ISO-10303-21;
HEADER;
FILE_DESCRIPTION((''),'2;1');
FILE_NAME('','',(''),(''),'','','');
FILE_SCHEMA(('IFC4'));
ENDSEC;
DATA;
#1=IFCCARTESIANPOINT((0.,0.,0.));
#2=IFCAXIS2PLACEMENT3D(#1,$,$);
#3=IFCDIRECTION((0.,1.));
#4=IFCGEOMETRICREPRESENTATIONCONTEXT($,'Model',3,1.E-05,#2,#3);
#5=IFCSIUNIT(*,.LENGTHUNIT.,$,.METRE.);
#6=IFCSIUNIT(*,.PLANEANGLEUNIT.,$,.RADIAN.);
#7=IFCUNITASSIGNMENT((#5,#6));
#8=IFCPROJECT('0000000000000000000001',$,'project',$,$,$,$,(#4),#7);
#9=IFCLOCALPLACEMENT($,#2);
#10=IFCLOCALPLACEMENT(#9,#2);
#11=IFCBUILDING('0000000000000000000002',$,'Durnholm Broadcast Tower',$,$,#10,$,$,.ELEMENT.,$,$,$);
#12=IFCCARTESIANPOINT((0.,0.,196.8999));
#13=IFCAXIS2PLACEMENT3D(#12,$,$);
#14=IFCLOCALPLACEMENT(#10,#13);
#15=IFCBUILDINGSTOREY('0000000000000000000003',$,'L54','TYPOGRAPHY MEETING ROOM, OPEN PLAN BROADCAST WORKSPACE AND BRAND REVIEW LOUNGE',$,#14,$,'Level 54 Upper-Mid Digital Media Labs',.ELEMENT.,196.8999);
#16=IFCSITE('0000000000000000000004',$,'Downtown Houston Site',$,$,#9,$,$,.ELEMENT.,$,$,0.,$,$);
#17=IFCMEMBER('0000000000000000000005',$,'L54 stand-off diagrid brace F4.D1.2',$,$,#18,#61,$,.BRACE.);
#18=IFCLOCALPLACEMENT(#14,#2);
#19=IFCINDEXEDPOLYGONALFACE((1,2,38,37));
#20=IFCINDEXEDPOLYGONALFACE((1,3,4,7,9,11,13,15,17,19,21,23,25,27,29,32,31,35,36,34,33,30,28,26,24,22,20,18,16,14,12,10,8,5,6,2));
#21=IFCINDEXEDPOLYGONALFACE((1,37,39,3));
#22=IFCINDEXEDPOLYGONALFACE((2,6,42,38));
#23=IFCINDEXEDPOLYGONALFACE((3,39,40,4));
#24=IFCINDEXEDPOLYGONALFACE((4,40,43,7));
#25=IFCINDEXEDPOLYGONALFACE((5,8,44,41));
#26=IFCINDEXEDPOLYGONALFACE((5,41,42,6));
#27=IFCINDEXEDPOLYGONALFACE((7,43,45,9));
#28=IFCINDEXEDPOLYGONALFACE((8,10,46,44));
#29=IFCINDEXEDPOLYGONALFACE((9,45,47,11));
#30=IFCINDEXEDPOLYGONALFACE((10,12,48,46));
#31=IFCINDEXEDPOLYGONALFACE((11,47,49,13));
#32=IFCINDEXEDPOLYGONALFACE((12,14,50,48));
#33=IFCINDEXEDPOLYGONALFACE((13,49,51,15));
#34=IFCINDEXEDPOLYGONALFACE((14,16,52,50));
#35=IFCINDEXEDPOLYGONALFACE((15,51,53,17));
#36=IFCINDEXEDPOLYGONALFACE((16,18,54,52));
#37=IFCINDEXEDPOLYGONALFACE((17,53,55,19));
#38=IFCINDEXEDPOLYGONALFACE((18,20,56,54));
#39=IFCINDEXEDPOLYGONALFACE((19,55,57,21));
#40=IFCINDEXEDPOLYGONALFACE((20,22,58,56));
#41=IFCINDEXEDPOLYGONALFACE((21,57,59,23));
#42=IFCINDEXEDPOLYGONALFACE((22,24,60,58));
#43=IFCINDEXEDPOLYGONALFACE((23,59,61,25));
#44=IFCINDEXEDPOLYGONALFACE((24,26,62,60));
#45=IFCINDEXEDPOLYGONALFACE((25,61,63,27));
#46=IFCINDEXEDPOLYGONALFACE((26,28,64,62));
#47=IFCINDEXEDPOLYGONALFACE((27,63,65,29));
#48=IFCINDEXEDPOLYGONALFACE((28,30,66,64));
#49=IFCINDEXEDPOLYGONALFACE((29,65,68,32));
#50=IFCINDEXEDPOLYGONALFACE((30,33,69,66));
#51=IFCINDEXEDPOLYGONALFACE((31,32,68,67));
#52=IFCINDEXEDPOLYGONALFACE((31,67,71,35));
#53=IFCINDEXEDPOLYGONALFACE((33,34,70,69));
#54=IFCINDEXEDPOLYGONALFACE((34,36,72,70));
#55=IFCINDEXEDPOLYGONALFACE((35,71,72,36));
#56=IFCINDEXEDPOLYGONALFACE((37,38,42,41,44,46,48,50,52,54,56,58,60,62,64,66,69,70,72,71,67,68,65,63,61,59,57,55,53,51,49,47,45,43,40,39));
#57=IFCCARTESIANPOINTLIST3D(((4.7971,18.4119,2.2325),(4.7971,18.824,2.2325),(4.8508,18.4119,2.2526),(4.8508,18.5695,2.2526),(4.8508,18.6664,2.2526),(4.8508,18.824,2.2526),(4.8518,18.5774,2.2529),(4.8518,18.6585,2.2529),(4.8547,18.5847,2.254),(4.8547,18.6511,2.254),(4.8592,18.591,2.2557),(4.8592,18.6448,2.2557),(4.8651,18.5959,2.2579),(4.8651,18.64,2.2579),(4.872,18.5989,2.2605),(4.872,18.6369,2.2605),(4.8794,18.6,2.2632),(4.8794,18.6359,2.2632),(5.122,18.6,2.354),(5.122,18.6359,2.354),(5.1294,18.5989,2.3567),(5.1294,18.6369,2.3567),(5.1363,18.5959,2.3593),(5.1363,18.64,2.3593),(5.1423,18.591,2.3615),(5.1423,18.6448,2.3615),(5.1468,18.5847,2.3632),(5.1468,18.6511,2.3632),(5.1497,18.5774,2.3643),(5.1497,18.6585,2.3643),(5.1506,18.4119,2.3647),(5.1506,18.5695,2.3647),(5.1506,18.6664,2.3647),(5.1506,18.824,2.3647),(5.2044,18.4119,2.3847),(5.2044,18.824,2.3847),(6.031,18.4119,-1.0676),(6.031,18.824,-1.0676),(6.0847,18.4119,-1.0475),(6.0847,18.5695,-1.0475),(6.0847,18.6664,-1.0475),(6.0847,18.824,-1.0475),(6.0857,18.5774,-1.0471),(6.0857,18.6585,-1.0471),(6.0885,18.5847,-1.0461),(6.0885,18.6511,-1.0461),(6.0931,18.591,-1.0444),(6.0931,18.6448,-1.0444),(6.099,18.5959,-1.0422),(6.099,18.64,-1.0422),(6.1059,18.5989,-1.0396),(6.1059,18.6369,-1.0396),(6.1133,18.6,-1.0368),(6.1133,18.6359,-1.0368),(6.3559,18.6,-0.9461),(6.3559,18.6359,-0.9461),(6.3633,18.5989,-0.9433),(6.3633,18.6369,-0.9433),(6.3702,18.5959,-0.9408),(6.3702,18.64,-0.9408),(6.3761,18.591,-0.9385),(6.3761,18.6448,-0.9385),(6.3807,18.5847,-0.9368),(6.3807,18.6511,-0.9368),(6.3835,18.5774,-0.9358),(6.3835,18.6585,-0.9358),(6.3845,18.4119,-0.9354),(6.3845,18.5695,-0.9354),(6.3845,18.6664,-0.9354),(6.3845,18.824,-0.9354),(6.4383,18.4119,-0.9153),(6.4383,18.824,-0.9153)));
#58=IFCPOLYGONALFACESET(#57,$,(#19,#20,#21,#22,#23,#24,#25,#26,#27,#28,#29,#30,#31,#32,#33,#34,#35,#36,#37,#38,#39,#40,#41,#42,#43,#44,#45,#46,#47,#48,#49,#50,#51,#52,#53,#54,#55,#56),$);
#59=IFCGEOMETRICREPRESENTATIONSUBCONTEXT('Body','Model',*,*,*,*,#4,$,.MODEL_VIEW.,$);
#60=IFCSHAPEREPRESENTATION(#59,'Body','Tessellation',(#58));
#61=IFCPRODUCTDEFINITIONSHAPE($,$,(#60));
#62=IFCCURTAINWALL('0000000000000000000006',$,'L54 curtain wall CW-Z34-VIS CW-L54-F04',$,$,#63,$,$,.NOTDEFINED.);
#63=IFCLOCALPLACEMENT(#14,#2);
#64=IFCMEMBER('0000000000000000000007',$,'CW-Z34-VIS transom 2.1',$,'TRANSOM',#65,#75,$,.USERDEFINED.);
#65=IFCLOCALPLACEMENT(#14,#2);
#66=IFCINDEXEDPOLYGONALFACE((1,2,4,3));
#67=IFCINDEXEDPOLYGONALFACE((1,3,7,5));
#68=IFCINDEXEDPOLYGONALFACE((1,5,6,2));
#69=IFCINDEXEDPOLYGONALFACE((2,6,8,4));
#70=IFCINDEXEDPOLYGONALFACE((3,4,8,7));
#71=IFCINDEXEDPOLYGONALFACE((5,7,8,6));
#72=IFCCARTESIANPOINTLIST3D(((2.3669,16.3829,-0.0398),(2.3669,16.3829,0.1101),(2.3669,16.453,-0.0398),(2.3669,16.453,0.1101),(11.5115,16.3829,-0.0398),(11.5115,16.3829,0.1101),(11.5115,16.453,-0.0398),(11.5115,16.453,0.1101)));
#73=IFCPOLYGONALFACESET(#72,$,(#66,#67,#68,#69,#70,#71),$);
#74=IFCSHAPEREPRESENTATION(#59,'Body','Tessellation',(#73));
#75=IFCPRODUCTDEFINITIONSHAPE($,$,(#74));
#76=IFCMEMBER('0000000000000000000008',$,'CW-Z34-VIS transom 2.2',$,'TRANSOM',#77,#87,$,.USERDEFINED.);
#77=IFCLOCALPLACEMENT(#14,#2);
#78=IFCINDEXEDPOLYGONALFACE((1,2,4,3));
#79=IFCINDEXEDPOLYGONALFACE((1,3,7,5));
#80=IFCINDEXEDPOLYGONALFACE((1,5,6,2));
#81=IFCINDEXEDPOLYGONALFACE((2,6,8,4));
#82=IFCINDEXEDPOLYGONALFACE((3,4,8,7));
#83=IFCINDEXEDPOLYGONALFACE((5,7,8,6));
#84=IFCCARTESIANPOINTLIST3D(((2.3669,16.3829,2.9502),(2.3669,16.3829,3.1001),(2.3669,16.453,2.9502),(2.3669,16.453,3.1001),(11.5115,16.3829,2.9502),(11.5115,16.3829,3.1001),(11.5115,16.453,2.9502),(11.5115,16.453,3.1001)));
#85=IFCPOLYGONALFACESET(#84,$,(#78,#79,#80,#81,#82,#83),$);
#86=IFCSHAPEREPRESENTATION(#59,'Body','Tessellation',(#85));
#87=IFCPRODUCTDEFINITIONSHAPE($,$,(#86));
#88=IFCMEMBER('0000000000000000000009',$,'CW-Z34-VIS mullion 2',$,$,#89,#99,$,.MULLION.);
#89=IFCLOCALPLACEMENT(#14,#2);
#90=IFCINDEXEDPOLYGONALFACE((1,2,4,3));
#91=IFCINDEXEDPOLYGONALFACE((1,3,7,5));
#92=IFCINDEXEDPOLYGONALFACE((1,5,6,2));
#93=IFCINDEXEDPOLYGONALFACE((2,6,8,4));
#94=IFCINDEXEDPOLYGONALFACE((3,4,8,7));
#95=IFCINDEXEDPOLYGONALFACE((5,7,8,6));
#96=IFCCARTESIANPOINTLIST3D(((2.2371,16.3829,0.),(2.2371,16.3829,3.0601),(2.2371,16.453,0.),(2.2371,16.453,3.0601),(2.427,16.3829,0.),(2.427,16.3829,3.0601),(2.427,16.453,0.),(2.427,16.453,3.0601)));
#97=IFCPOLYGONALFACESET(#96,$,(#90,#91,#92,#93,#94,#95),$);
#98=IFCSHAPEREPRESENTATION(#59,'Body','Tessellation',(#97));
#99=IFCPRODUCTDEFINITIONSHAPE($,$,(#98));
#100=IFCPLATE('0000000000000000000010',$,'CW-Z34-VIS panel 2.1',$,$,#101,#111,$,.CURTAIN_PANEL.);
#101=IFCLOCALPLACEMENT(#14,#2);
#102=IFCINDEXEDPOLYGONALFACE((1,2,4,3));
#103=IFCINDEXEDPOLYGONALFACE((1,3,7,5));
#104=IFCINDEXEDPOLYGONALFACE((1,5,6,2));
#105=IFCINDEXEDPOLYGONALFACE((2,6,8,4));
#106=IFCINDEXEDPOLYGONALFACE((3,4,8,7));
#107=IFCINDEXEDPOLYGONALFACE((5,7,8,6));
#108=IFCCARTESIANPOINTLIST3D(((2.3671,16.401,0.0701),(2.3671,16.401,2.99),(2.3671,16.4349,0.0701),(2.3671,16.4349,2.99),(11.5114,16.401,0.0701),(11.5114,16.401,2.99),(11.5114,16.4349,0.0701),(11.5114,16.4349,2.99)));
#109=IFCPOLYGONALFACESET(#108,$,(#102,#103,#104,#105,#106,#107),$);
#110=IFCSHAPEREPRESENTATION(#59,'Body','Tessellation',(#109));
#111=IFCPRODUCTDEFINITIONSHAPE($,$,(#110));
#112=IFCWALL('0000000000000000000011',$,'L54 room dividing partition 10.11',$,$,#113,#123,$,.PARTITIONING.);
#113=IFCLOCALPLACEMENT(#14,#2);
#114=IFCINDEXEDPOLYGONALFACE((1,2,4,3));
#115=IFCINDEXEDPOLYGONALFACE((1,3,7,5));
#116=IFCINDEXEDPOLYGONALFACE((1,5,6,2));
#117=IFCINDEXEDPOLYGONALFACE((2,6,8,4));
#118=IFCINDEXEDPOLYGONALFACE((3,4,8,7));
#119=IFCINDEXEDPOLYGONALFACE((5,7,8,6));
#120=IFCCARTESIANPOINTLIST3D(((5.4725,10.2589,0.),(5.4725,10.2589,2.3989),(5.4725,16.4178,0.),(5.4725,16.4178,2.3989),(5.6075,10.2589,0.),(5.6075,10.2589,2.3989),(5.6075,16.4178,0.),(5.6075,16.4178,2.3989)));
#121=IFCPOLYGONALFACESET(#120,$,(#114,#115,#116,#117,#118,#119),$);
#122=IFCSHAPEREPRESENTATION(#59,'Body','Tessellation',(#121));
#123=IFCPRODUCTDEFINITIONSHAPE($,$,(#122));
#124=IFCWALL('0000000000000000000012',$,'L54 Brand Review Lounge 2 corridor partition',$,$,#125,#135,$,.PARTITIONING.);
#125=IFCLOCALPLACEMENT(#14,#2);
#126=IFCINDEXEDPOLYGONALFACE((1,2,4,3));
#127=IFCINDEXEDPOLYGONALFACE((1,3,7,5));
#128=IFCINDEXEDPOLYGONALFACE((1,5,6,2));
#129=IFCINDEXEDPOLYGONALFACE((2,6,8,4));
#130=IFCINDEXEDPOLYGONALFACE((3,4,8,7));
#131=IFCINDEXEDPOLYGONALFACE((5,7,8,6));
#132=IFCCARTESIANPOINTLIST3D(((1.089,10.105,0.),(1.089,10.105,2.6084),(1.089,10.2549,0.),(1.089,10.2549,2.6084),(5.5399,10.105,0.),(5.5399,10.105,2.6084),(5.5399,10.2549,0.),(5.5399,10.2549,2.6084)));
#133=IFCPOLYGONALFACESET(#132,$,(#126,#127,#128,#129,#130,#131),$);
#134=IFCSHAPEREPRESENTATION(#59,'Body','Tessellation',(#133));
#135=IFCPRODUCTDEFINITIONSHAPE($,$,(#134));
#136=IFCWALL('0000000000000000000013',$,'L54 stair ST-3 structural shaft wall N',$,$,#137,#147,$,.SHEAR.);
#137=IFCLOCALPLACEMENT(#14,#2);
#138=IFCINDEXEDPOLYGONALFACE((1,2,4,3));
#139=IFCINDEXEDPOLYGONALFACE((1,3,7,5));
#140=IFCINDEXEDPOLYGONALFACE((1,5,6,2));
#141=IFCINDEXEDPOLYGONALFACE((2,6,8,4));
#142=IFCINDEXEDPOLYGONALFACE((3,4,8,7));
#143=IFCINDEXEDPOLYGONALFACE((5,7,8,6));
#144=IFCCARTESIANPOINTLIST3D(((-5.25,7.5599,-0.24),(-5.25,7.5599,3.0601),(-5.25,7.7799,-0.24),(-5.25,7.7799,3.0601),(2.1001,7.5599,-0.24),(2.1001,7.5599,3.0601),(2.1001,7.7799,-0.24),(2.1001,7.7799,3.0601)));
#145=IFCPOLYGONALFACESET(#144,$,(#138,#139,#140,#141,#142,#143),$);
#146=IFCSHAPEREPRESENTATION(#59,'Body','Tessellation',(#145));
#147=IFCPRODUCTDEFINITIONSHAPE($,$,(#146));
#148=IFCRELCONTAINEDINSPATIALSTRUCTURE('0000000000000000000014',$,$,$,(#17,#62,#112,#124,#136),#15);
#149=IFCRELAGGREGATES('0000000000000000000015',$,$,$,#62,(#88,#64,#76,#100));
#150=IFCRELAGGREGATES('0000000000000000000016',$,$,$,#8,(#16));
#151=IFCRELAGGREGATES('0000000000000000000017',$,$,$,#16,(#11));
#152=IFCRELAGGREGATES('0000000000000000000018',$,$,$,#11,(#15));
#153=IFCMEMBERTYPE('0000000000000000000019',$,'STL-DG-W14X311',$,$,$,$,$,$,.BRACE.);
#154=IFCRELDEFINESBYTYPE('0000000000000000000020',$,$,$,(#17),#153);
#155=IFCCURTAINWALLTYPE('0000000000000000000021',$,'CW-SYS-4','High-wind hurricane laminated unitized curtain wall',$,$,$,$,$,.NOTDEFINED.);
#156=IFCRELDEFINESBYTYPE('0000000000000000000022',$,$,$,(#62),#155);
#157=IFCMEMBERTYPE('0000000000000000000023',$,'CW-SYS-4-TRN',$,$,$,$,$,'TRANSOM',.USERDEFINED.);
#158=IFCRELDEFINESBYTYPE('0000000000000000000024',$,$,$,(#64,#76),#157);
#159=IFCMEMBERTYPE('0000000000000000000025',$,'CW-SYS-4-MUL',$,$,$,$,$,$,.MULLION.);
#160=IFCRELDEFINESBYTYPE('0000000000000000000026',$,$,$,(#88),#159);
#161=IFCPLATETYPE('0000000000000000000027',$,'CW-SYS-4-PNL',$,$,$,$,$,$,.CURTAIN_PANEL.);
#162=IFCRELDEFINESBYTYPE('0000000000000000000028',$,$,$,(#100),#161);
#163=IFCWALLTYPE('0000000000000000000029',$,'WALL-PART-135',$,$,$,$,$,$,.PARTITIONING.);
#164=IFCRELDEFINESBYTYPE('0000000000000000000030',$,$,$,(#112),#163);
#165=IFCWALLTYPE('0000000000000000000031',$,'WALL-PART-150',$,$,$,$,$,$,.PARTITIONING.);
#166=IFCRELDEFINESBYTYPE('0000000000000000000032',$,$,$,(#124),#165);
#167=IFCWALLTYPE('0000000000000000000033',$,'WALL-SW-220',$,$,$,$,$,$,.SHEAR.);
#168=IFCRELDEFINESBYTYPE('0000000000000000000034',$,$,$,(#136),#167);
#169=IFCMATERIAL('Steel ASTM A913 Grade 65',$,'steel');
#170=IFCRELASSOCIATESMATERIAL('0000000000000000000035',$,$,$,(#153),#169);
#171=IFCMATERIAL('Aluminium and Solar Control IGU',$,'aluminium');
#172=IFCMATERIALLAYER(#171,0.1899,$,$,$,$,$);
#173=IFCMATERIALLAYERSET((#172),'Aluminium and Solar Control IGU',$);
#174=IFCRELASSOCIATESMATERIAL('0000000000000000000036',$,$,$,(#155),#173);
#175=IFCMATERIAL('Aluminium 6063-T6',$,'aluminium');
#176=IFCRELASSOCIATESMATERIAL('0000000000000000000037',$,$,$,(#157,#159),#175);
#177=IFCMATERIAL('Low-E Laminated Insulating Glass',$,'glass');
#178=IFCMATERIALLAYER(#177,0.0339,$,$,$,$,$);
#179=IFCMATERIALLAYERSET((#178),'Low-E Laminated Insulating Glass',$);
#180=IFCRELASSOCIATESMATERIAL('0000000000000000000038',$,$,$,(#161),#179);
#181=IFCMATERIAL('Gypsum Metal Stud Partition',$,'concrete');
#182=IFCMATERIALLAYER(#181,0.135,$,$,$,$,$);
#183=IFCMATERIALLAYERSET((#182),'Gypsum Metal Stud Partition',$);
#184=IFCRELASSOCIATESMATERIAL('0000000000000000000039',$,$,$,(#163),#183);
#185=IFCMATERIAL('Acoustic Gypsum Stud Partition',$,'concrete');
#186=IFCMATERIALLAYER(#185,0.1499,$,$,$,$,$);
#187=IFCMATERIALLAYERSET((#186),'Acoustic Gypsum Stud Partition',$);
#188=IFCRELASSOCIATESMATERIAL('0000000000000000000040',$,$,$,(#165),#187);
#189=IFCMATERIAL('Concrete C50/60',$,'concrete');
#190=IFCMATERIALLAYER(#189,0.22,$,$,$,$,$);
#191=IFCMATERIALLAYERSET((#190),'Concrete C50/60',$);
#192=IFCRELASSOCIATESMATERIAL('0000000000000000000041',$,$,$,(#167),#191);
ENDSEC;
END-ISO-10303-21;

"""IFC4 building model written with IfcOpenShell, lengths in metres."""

from ifc_helpers import new_model, si_unit, direction, frame, frame_2d, origin, origin_2d, place, context, subcontext, project, spatial, rectangle, i_section, extrude, source, transform, mapped, material, layer, layer_set, material_profile, profile_set, type_object, type_shapes, element, aggregate, save


model = new_model("IFC4")

# Units and contexts
model_context = context("Model", 3, precision=1e-05, world=origin(), true_north=direction((0.0, 1.0)))
body_context = subcontext(model_context, "Body", "Model", "MODEL_VIEW")
ifc_project = project(units=[si_unit("LENGTHUNIT", "METRE"), si_unit("PLANEANGLEUNIT", "RADIAN")], contexts=[model_context])

# Site, building, storey
site_placement = place(None, origin())
site = spatial("IfcSite", under=ifc_project, at=site_placement, Name="Downtown Houston Site", CompositionType="ELEMENT", RefElevation=0.0)
building_placement = place(site_placement, origin())
building = spatial("IfcBuilding", under=site, at=building_placement, Name="Durnholm Broadcast Tower", CompositionType="ELEMENT")
storey_placement = place(building_placement, frame((0.0, 0.0, 196.8999)))
storey = spatial("IfcBuildingStorey", under=building, at=storey_placement, Name="L54", Description="TYPOGRAPHY MEETING ROOM, OPEN PLAN BROADCAST WORKSPACE AND BRAND REVIEW LOUNGE", LongName="Level 54 Upper-Mid Digital Media Labs", CompositionType="ELEMENT", Elevation=196.8999)

# Member
ifc_material_1 = material(Name="Steel ASTM A913 Grade 65", Category="steel")
ifc_material_profile_1 = material_profile(ifc_material_1, i_section(OverallWidth=0.4121, OverallDepth=0.4348, WebThickness=0.0359, FlangeThickness=0.0574, FilletRadius=0.0305, at=origin_2d()), Name="W14X311")
ifc_profile_set_1 = profile_set([ifc_material_profile_1], Name="Steel ASTM A913 Grade 65")
member_type_1 = type_object("IfcMemberType", Name="STL-DG-W14X311", PredefinedType="BRACE", material=ifc_profile_set_1)
shared_shape_1 = source(origin(), body_context, "Body", "SweptSolid", [
    extrude(i_section(OverallWidth=0.4121, OverallDepth=0.4348, WebThickness=0.0359, FlangeThickness=0.0574, FilletRadius=0.0305, at=origin_2d()), origin(), (0.0, 0.0, 1.0), 3.5232),
])
type_shapes(member_type_1, [shared_shape_1])
for number, where, z_axis, x_axis, name in (
    (1, (6.2346, 18.6179, -0.9915), (-0.35022, 0.0, 0.936668), (0.0, -1.0, 0.0), "L54 stand-off diagrid brace F4.D1.2"),
):
    element("IfcMember", number, at=place(storey_placement, frame(where, z_axis=z_axis, x_axis=x_axis)), inside=storey, type_object=member_type_1, Name=name, PredefinedType="BRACE", context=body_context, shape_type="MappedRepresentation", body=[
        mapped(shared_shape_1, transform((0.0, 0.0, 0.0), x_axis=(1.0, 0.0, 0.0), y_axis=(0.0, 1.0, 0.0), z_axis=(0.0, 0.0, 1.0), scale=1.0)),
    ])

# Curtain wall, members, plate
ifc_material_2 = material(Name="Aluminium and Solar Control IGU", Category="aluminium")
ifc_layer_1 = layer(ifc_material_2, 0.1899)
ifc_layer_set_1 = layer_set([ifc_layer_1], Name="Aluminium and Solar Control IGU")
curtain_wall_type = type_object("IfcCurtainWallType", Name="CW-SYS-4", Description="High-wind hurricane laminated unitized curtain wall", PredefinedType="NOTDEFINED", material=ifc_layer_set_1)
curtain_wall_placement = place(storey_placement, origin())
curtain_wall = element("IfcCurtainWall", 2, at=curtain_wall_placement, inside=storey, type_object=curtain_wall_type, Name="L54 curtain wall CW-Z34-VIS CW-L54-F04", PredefinedType="NOTDEFINED")
ifc_material_3 = material(Name="Aluminium 6063-T6", Category="aluminium")
ifc_material_profile_2 = material_profile(ifc_material_3, rectangle(XDim=0.0701, YDim=0.1499, at=origin_2d()), Name="CWT70X150")
ifc_profile_set_2 = profile_set([ifc_material_profile_2], Name="Aluminium 6063-T6")
member_type_2 = type_object("IfcMemberType", Name="CW-SYS-4-TRN", ElementType="TRANSOM", PredefinedType="USERDEFINED", material=ifc_profile_set_2)
shared_shape_2 = source(origin(), body_context, "Body", "SweptSolid", [
    extrude(rectangle(XDim=0.0701, YDim=0.1499, at=origin_2d()), origin(), (0.0, 0.0, 1.0), 9.1445),
])
type_shapes(member_type_2, [shared_shape_2])
member_1_placement = place(storey_placement, frame((2.3669, 16.418, 0.0352), z_axis=(1.0, 0.0, 0.0), x_axis=(0.0, 1.0, 0.0)))
member_1 = element("IfcMember", 3, at=member_1_placement, type_object=member_type_2, Name="CW-Z34-VIS transom 2.1", ObjectType="TRANSOM", PredefinedType="USERDEFINED", context=body_context, shape_type="MappedRepresentation", body=[
    mapped(shared_shape_2, transform((0.0, 0.0, 0.0), x_axis=(1.0, 0.0, 0.0), y_axis=(0.0, 1.0, 0.0), z_axis=(0.0, 0.0, 1.0), scale=1.0)),
])
member_2_placement = place(storey_placement, frame((2.3669, 16.418, 3.0251), z_axis=(1.0, 0.0, 0.0), x_axis=(0.0, 1.0, 0.0)))
member_2 = element("IfcMember", 4, at=member_2_placement, type_object=member_type_2, Name="CW-Z34-VIS transom 2.2", ObjectType="TRANSOM", PredefinedType="USERDEFINED", context=body_context, shape_type="MappedRepresentation", body=[
    mapped(shared_shape_2, transform((0.0, 0.0, 0.0), x_axis=(1.0, 0.0, 0.0), y_axis=(0.0, 1.0, 0.0), z_axis=(0.0, 0.0, 1.0), scale=1.0)),
])
ifc_material_profile_3 = material_profile(ifc_material_3, rectangle(XDim=0.0701, YDim=0.1899, at=origin_2d()), Name="CWM70X190")
ifc_profile_set_3 = profile_set([ifc_material_profile_3], Name="Aluminium 6063-T6")
member_type_3 = type_object("IfcMemberType", Name="CW-SYS-4-MUL", PredefinedType="MULLION", material=ifc_profile_set_3)
shared_shape_3 = source(origin(), body_context, "Body", "SweptSolid", [
    extrude(rectangle(XDim=0.0701, YDim=0.1899, at=origin_2d()), origin(), (0.0, 0.0, 1.0), 3.0601),
])
type_shapes(member_type_3, [shared_shape_3])
member_3_placement = place(storey_placement, frame((2.332, 16.418, 0.0), z_axis=(0.0, 0.0, 1.0), x_axis=(0.0, 1.0, 0.0)))
member_3 = element("IfcMember", 5, at=member_3_placement, type_object=member_type_3, Name="CW-Z34-VIS mullion 2", PredefinedType="MULLION", context=body_context, shape_type="MappedRepresentation", body=[
    mapped(shared_shape_3, transform((0.0, 0.0, 0.0), x_axis=(1.0, 0.0, 0.0), y_axis=(0.0, 1.0, 0.0), z_axis=(0.0, 0.0, 1.0), scale=1.0)),
])
ifc_material_4 = material(Name="Low-E Laminated Insulating Glass", Category="glass")
ifc_layer_2 = layer(ifc_material_4, 0.0339)
ifc_layer_set_2 = layer_set([ifc_layer_2], Name="Low-E Laminated Insulating Glass")
plate_type = type_object("IfcPlateType", Name="CW-SYS-4-PNL", PredefinedType="CURTAIN_PANEL", material=ifc_layer_set_2)
shared_shape_4 = source(origin(), body_context, "Body", "SweptSolid", [
    extrude(rectangle(XDim=9.1443, YDim=0.0339, at=origin_2d()), origin(), (0.0, 0.0, 1.0), 2.9199),
])
type_shapes(plate_type, [shared_shape_4])
plate_placement = place(storey_placement, frame((6.9392, 16.418, 0.0701), z_axis=(0.0, 0.0, 1.0), x_axis=(1.0, 0.0, 0.0)))
plate = element("IfcPlate", 6, at=plate_placement, type_object=plate_type, Name="CW-Z34-VIS panel 2.1", PredefinedType="CURTAIN_PANEL", context=body_context, shape_type="MappedRepresentation", body=[
    mapped(shared_shape_4, transform((0.0, 0.0, 0.0), x_axis=(1.0, 0.0, 0.0), y_axis=(0.0, 1.0, 0.0), z_axis=(0.0, 0.0, 1.0), scale=1.0)),
])
aggregate(curtain_wall, [member_3, member_1, member_2, plate])

# Walls
ifc_material_5 = material(Name="Gypsum Metal Stud Partition", Category="concrete")
ifc_layer_3 = layer(ifc_material_5, 0.135)
ifc_layer_set_3 = layer_set([ifc_layer_3], Name="Gypsum Metal Stud Partition")
wall_type_1 = type_object("IfcWallType", Name="WALL-PART-135", PredefinedType="PARTITIONING", material=ifc_layer_set_3)
wall_1_placement = place(storey_placement, frame((5.54, 16.418, 0.0), z_axis=(0.0, 0.0, 1.0), x_axis=(0.0, -1.0, 0.0)))
element("IfcWall", 7, at=wall_1_placement, inside=storey, type_object=wall_type_1, Name="L54 room dividing partition 10.11", PredefinedType="PARTITIONING", context=body_context, shape_type="SweptSolid", body=[
    extrude(rectangle(XDim=6.1589, YDim=0.135, at=frame_2d((3.0796, 0.0))), origin(), (0.0, 0.0, 1.0), 2.3989),
])
ifc_material_6 = material(Name="Acoustic Gypsum Stud Partition", Category="concrete")
ifc_layer_4 = layer(ifc_material_6, 0.1499)
ifc_layer_set_4 = layer_set([ifc_layer_4], Name="Acoustic Gypsum Stud Partition")
wall_type_2 = type_object("IfcWallType", Name="WALL-PART-150", PredefinedType="PARTITIONING", material=ifc_layer_set_4)
wall_2_placement = place(storey_placement, frame((5.54, 10.1799, 0.0), z_axis=(0.0, 0.0, 1.0), x_axis=(-1.0, 0.0, 0.0)))
element("IfcWall", 8, at=wall_2_placement, inside=storey, type_object=wall_type_2, Name="L54 Brand Review Lounge 2 corridor partition", PredefinedType="PARTITIONING", context=body_context, shape_type="SweptSolid", body=[
    extrude(rectangle(XDim=4.4509, YDim=0.1499, at=frame_2d((2.2256, 0.0))), origin(), (0.0, 0.0, 1.0), 2.6084),
])
ifc_material_7 = material(Name="Concrete C50/60", Category="concrete")
ifc_layer_5 = layer(ifc_material_7, 0.22)
ifc_layer_set_5 = layer_set([ifc_layer_5], Name="Concrete C50/60")
wall_type_3 = type_object("IfcWallType", Name="WALL-SW-220", PredefinedType="SHEAR", material=ifc_layer_set_5)
wall_3_placement = place(storey_placement, frame((2.1001, 7.6699, -0.24), z_axis=(0.0, 0.0, 1.0), x_axis=(-1.0, 0.0, 0.0)))
element("IfcWall", 9, at=wall_3_placement, inside=storey, type_object=wall_type_3, Name="L54 stair ST-3 structural shaft wall N", PredefinedType="SHEAR", context=body_context, shape_type="SweptSolid", body=[
    extrude(rectangle(XDim=7.3501, YDim=0.22, at=frame_2d((3.675, 0.0))), origin(), (0.0, 0.0, 1.0), 3.3),
])

save(model, "model.ifc")
